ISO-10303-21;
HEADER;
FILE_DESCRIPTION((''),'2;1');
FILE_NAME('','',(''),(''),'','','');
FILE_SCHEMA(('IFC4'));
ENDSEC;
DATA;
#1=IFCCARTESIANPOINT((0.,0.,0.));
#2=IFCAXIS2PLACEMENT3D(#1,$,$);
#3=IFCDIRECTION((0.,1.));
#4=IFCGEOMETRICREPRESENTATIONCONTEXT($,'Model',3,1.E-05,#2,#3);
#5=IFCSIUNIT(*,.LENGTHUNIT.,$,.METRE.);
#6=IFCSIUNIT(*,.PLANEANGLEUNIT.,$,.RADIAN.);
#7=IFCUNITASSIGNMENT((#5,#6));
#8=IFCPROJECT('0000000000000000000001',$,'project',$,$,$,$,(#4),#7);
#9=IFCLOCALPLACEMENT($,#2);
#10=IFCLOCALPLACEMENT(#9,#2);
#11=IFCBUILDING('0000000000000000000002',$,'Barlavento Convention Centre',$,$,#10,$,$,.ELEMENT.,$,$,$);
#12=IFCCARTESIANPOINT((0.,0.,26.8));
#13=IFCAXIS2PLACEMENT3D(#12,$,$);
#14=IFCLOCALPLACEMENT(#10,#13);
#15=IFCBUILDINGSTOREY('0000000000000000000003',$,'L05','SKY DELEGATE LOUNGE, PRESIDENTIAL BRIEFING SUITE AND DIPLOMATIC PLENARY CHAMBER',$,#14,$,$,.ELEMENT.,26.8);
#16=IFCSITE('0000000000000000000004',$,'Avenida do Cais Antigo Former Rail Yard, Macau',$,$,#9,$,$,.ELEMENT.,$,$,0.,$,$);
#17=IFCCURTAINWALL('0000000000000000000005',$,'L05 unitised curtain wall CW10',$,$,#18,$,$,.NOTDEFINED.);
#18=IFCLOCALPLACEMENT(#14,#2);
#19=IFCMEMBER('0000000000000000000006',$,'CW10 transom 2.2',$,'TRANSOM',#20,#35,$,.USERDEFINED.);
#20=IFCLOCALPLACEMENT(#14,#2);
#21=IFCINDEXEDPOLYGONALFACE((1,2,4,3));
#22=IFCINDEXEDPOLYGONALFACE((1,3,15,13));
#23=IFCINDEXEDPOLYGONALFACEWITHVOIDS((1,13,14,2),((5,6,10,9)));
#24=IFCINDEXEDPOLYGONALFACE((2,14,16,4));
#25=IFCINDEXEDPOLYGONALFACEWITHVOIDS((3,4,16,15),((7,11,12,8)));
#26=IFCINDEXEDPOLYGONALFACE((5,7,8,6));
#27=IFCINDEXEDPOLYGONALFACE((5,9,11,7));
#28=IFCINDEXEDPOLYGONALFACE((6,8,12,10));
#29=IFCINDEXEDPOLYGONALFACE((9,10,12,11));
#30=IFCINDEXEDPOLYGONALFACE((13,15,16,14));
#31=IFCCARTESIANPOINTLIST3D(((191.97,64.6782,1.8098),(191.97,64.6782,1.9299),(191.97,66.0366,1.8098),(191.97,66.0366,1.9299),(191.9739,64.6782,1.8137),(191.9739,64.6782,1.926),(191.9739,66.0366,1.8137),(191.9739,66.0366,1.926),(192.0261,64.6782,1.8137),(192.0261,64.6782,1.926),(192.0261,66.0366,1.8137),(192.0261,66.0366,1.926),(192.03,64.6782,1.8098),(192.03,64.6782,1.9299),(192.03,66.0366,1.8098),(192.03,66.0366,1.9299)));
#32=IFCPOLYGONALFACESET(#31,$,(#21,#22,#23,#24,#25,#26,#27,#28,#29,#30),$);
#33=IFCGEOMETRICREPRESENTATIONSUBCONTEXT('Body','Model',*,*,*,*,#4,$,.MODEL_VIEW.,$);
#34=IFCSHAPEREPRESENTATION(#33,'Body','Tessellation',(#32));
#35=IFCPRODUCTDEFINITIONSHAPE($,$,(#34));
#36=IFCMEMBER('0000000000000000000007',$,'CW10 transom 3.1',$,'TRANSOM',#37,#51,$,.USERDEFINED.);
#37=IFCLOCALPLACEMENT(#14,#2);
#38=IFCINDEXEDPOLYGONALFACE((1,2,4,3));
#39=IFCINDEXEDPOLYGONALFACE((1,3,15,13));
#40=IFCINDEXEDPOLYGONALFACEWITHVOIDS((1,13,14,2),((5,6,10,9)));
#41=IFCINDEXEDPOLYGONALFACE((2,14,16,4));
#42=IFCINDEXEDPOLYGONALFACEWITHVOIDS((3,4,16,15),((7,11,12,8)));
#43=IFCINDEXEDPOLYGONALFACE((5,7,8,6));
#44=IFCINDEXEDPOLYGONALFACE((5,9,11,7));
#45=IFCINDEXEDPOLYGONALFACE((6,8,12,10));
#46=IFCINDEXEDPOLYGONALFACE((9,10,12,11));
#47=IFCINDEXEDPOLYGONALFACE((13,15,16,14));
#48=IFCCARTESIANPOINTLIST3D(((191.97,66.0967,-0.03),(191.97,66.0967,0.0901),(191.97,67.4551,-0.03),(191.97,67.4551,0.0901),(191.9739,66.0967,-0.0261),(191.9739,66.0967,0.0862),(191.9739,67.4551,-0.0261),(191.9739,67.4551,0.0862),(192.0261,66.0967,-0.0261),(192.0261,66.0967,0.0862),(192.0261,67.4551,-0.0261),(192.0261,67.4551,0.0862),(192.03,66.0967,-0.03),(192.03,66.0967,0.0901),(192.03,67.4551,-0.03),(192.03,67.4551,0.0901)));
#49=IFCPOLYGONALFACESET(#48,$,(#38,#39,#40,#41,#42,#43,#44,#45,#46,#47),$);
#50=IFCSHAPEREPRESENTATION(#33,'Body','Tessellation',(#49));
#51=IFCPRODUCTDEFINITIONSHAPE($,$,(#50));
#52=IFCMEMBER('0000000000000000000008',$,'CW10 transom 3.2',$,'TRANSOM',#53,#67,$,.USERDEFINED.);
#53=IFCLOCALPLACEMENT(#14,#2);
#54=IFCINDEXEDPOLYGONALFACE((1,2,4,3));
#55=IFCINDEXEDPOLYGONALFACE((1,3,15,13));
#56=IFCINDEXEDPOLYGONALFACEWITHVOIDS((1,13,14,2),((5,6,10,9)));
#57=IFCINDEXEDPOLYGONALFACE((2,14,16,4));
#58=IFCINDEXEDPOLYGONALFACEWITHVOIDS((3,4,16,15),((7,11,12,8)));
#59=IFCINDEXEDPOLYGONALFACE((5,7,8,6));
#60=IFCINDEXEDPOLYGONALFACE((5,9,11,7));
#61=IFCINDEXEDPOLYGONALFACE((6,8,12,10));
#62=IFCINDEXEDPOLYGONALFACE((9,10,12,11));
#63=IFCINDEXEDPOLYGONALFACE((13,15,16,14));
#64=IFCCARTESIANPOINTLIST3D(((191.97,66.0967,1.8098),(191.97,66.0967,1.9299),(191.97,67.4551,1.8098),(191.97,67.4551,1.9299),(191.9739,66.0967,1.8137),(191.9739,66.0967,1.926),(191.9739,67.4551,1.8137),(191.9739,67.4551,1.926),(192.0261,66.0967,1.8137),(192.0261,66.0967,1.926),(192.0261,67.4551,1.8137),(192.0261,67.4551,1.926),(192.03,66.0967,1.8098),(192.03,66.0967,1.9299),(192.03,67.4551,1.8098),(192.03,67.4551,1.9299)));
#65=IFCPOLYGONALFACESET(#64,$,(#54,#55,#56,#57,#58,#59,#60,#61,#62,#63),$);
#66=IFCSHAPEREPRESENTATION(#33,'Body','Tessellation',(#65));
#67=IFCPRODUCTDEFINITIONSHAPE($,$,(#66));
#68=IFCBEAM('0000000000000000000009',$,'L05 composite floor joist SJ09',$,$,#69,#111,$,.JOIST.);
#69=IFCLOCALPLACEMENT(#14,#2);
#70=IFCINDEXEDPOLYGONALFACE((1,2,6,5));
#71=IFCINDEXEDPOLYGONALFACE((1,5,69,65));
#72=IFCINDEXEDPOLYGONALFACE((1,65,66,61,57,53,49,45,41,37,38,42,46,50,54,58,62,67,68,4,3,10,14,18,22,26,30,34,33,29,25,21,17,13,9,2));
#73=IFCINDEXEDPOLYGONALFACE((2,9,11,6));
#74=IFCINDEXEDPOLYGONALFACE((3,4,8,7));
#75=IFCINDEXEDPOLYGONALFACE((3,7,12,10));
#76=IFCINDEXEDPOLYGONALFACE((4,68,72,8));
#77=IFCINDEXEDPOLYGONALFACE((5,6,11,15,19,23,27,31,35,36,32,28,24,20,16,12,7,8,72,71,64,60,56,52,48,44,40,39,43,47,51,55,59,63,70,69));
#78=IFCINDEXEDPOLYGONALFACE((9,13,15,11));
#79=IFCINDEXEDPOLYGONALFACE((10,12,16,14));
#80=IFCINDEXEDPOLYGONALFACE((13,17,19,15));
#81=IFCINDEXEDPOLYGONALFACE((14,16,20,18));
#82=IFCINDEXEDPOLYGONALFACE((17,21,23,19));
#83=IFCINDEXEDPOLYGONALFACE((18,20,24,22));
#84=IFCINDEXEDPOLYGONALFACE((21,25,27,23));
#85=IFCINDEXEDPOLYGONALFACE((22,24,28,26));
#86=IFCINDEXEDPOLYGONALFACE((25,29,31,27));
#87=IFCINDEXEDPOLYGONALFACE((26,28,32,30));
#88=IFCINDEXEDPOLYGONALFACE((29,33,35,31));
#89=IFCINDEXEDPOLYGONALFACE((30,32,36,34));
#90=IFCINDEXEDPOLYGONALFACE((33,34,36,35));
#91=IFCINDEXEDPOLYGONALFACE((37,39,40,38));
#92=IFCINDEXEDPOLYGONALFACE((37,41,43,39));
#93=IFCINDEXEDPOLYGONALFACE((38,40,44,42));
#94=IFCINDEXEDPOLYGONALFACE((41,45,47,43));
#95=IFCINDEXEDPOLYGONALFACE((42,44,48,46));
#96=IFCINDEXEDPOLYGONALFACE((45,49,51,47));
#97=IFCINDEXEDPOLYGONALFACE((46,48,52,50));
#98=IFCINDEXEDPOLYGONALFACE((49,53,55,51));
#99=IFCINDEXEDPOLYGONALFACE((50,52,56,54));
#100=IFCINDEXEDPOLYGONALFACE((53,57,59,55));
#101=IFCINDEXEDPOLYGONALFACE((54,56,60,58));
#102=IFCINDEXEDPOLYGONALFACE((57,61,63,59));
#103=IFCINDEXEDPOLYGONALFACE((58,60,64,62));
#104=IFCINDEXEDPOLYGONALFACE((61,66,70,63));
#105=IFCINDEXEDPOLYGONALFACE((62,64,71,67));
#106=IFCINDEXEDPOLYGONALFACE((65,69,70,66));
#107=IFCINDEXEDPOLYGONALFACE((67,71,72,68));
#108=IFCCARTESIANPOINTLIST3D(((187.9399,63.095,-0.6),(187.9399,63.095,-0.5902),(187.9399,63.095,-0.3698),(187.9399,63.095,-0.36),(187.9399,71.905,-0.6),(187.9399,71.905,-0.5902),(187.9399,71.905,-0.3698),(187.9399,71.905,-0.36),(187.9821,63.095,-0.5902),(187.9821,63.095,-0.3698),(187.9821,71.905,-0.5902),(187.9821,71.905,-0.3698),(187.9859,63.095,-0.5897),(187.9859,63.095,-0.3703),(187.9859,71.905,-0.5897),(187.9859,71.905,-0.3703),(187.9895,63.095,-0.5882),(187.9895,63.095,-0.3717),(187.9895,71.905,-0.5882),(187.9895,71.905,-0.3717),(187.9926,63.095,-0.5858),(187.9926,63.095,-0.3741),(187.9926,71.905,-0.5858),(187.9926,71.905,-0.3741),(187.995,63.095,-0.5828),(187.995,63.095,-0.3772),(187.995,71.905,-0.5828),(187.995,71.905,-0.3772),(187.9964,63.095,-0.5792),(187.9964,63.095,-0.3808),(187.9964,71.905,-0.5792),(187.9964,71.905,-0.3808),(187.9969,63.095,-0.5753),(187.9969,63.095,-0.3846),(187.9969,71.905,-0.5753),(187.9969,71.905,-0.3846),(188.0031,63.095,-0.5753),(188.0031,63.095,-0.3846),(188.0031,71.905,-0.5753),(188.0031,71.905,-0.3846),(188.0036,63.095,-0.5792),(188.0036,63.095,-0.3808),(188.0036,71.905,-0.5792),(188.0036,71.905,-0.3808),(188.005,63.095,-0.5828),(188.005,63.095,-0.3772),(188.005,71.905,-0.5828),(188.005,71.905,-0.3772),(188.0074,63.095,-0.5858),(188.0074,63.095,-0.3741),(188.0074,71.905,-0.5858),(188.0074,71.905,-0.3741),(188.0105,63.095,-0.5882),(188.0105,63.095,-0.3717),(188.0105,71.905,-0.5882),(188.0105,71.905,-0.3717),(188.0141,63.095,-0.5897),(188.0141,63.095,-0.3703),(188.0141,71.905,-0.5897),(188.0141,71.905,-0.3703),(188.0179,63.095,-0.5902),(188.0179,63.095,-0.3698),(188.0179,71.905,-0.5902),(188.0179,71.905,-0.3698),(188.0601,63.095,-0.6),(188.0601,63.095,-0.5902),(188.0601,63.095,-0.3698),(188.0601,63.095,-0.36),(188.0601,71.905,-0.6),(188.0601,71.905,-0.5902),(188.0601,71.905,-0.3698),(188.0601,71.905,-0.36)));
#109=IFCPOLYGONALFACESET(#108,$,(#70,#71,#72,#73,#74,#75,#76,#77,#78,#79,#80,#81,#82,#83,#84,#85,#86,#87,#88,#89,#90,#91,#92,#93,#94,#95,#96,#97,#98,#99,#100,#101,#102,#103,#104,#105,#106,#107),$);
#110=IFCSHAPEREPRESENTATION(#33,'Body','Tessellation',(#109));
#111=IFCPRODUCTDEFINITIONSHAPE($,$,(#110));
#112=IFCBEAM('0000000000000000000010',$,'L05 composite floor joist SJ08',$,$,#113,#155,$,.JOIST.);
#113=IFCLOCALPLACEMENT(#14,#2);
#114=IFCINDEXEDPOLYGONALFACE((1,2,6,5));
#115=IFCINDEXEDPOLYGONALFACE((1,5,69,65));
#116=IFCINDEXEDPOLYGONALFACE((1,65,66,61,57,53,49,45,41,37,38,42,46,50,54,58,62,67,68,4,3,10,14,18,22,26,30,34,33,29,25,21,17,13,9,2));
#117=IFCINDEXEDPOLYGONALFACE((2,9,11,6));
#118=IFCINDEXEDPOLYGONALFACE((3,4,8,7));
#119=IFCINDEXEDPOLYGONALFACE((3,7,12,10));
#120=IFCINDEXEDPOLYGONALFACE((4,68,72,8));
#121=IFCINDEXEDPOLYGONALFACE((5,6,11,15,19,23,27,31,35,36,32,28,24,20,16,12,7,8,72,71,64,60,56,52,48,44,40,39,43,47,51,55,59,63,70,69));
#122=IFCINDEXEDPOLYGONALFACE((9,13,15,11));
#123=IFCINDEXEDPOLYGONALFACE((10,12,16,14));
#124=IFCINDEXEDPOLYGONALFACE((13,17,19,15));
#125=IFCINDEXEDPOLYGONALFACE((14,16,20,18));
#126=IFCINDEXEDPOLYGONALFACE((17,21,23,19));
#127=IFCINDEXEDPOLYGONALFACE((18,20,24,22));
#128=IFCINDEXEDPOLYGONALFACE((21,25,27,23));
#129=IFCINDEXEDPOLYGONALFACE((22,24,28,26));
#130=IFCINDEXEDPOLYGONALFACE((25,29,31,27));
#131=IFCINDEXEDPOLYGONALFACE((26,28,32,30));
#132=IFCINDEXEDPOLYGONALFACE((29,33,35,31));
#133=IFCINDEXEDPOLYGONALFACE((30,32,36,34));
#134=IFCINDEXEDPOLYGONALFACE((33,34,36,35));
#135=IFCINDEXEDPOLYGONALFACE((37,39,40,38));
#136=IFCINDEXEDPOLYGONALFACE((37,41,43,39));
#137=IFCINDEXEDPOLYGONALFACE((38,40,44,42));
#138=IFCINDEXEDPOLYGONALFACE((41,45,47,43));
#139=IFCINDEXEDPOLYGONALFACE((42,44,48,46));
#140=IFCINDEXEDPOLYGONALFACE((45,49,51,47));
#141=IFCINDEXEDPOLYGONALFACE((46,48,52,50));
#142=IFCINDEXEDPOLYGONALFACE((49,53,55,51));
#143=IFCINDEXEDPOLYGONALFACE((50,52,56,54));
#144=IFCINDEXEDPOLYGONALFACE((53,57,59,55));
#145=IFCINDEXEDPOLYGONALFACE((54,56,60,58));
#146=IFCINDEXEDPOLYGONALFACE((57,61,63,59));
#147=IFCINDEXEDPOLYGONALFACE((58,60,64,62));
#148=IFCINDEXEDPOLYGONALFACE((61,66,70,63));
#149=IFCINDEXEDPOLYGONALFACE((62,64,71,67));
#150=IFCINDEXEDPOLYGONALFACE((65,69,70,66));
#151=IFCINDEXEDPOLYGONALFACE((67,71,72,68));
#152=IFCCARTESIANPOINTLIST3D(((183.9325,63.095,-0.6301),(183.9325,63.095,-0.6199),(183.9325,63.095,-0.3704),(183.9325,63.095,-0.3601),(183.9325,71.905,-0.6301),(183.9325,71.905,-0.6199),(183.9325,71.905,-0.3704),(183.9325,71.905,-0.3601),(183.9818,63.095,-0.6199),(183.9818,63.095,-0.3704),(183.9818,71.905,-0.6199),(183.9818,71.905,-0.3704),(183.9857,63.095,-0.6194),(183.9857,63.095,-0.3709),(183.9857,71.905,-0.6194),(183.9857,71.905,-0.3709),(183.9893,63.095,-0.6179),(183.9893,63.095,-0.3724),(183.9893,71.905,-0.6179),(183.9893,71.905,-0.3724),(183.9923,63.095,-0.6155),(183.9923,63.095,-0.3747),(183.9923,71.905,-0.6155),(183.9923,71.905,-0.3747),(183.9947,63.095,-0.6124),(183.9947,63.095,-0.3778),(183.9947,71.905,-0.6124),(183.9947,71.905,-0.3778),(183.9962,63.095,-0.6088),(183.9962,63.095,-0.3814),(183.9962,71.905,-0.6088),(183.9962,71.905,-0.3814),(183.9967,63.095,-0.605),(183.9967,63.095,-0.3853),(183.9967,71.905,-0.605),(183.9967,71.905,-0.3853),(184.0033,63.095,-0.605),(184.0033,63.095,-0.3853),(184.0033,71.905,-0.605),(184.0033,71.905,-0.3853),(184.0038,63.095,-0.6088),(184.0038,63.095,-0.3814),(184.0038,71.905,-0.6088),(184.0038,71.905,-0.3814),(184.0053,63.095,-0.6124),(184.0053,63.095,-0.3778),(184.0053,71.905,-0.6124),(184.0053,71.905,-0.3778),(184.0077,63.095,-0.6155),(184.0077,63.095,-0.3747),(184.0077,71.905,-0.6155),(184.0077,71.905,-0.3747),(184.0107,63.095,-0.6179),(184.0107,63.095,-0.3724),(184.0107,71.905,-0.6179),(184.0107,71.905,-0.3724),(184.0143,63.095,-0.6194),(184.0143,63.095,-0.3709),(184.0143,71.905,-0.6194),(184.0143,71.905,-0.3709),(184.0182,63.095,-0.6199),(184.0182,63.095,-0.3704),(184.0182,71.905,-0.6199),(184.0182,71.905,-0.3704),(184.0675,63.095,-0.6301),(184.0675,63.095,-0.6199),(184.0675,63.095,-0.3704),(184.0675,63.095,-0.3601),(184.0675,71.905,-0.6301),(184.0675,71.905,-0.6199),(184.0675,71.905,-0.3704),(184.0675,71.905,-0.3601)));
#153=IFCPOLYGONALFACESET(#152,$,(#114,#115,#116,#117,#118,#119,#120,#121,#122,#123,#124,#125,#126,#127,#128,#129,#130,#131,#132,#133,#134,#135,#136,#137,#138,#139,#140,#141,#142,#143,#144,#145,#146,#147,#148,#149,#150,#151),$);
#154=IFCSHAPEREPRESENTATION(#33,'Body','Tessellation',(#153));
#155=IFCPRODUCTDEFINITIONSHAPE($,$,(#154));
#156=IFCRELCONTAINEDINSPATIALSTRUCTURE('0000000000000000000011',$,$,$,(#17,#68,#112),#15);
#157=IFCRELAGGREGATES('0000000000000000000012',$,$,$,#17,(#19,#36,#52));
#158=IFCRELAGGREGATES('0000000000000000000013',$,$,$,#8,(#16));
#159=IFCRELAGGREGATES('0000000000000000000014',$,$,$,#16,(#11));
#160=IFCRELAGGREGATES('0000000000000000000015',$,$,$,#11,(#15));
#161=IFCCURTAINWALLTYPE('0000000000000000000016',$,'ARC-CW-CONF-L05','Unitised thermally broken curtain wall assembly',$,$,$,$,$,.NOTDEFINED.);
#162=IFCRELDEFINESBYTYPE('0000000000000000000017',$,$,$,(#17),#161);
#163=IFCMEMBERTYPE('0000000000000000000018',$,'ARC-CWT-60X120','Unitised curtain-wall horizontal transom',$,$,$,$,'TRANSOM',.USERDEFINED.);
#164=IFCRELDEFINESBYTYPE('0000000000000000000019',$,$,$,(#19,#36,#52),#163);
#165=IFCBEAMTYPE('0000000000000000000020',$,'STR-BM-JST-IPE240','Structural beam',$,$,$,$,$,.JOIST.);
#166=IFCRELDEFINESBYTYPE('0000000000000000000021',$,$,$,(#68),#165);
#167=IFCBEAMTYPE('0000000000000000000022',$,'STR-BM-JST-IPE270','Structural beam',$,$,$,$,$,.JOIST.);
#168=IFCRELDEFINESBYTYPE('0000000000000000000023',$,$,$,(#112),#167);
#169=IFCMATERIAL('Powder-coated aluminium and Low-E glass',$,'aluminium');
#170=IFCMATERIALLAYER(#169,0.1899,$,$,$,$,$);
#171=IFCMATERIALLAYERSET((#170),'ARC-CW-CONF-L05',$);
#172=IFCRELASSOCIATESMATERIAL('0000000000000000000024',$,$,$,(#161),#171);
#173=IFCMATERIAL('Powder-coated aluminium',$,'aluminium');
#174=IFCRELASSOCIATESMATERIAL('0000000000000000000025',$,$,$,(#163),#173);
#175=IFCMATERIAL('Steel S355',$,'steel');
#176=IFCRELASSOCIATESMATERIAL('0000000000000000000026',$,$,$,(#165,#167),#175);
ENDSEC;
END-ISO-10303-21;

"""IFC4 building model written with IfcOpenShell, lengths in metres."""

from ifc_helpers import new_model, si_unit, direction, frame, origin, origin_2d, place, context, subcontext, project, spatial, hollow_rectangle, i_section, extrude, material, layer, layer_set, material_profile, profile_set, type_object, element, aggregate, save


model = new_model("IFC4")

# Units and contexts
model_context = context("Model", 3, precision=1e-05, world=origin(), true_north=direction((0.0, 1.0)))
body_context = subcontext(model_context, "Body", "Model", "MODEL_VIEW")
ifc_project = project(units=[si_unit("LENGTHUNIT", "METRE"), si_unit("PLANEANGLEUNIT", "RADIAN")], contexts=[model_context])

# Site, building, storey
site_placement = place(None, origin())
site = spatial("IfcSite", under=ifc_project, at=site_placement, Name="Avenida do Cais Antigo Former Rail Yard, Macau", CompositionType="ELEMENT", RefElevation=0.0)
building_placement = place(site_placement, origin())
building = spatial("IfcBuilding", under=site, at=building_placement, Name="Barlavento Convention Centre", CompositionType="ELEMENT")
storey_placement = place(building_placement, frame((0.0, 0.0, 26.8)))
storey = spatial("IfcBuildingStorey", under=building, at=storey_placement, Name="L05", Description="SKY DELEGATE LOUNGE, PRESIDENTIAL BRIEFING SUITE AND DIPLOMATIC PLENARY CHAMBER", CompositionType="ELEMENT", Elevation=26.8)

# Shared definitions
ifc_material_1 = material(Name="Steel S355", Category="steel")

# Shared definitions
ifc_material_2 = material(Name="Powder-coated aluminium and Low-E glass", Category="aluminium")
ifc_layer_1 = layer(ifc_material_2, 0.1899)
ifc_layer_set_1 = layer_set([ifc_layer_1], Name="ARC-CW-CONF-L05")
curtain_wall_type = type_object("IfcCurtainWallType", Name="ARC-CW-CONF-L05", Description="Unitised thermally broken curtain wall assembly", PredefinedType="NOTDEFINED", material=ifc_layer_set_1)
ifc_material_3 = material(Name="Powder-coated aluminium", Category="aluminium")

# Curtain wall, members
curtain_wall_1_placement = place(storey_placement, origin())
curtain_wall_1 = element("IfcCurtainWall", 1, at=curtain_wall_1_placement, inside=storey, type_object=curtain_wall_type, Name="L05 unitised curtain wall CW10", PredefinedType="NOTDEFINED")
ifc_material_profile_1 = material_profile(ifc_material_3, hollow_rectangle(XDim=0.0601, YDim=0.1201, WallThickness=0.0039, at=origin_2d()), Name="AL-TRAN 60x120x4")
ifc_profile_set_1 = profile_set([ifc_material_profile_1], Name="Powder-coated aluminium")
member_type_1 = type_object("IfcMemberType", Name="ARC-CWT-60X120", Description="Unitised curtain-wall horizontal transom", ElementType="TRANSOM", PredefinedType="USERDEFINED", material=ifc_profile_set_1)
member_1_placement = place(storey_placement, frame((192.0, 64.6782, 1.8699), z_axis=(0.0, 1.0, 0.0), x_axis=(-1.0, 0.0, 0.0)))
member_1 = element("IfcMember", 2, at=member_1_placement, type_object=member_type_1, Name="CW10 transom 2.2", ObjectType="TRANSOM", PredefinedType="USERDEFINED", context=body_context, shape_type="SweptSolid", body=[
    extrude(hollow_rectangle(XDim=0.0601, YDim=0.1201, WallThickness=0.0039, at=origin_2d()), origin(), (0.0, 0.0, 1.0), 1.3584),
])
member_2_placement = place(storey_placement, frame((192.0, 66.0967, 0.03), z_axis=(0.0, 1.0, 0.0), x_axis=(-1.0, 0.0, 0.0)))
member_2 = element("IfcMember", 3, at=member_2_placement, type_object=member_type_1, Name="CW10 transom 3.1", ObjectType="TRANSOM", PredefinedType="USERDEFINED", context=body_context, shape_type="SweptSolid", body=[
    extrude(hollow_rectangle(XDim=0.0601, YDim=0.1201, WallThickness=0.0039, at=origin_2d()), origin(), (0.0, 0.0, 1.0), 1.3584),
])
member_3_placement = place(storey_placement, frame((192.0, 66.0967, 1.8699), z_axis=(0.0, 1.0, 0.0), x_axis=(-1.0, 0.0, 0.0)))
member_3 = element("IfcMember", 4, at=member_3_placement, type_object=member_type_1, Name="CW10 transom 3.2", ObjectType="TRANSOM", PredefinedType="USERDEFINED", context=body_context, shape_type="SweptSolid", body=[
    extrude(hollow_rectangle(XDim=0.0601, YDim=0.1201, WallThickness=0.0039, at=origin_2d()), origin(), (0.0, 0.0, 1.0), 1.3584),
])

# Beams
ifc_material_profile_2 = material_profile(ifc_material_1, i_section(OverallWidth=0.1201, OverallDepth=0.24, WebThickness=0.0061, FlangeThickness=0.0098, FilletRadius=0.0149, at=origin_2d()), Name="IPE 240")
ifc_profile_set_2 = profile_set([ifc_material_profile_2], Name="Steel S355")
beam_type_1 = type_object("IfcBeamType", Name="STR-BM-JST-IPE240", Description="Structural beam", PredefinedType="JOIST", material=ifc_profile_set_2)
beam_1_placement = place(storey_placement, frame((188.0, 63.095, -0.48), z_axis=(0.0, 1.0, 0.0), x_axis=(-1.0, 0.0, 0.0)))
element("IfcBeam", 5, at=beam_1_placement, inside=storey, type_object=beam_type_1, Name="L05 composite floor joist SJ09", PredefinedType="JOIST", context=body_context, shape_type="SweptSolid", body=[
    extrude(i_section(OverallWidth=0.1201, OverallDepth=0.24, WebThickness=0.0061, FlangeThickness=0.0098, FilletRadius=0.0149, at=origin_2d()), origin(), (0.0, 0.0, 1.0), 8.8101),
])
ifc_material_profile_3 = material_profile(ifc_material_1, i_section(OverallWidth=0.135, OverallDepth=0.27, WebThickness=0.0066, FlangeThickness=0.0103, FilletRadius=0.0149, at=origin_2d()), Name="IPE 270")
ifc_profile_set_3 = profile_set([ifc_material_profile_3], Name="Steel S355")
beam_type_2 = type_object("IfcBeamType", Name="STR-BM-JST-IPE270", Description="Structural beam", PredefinedType="JOIST", material=ifc_profile_set_3)
beam_2_placement = place(storey_placement, frame((184.0, 63.095, -0.4951), z_axis=(0.0, 1.0, 0.0), x_axis=(-1.0, 0.0, 0.0)))
element("IfcBeam", 6, at=beam_2_placement, inside=storey, type_object=beam_type_2, Name="L05 composite floor joist SJ08", PredefinedType="JOIST", context=body_context, shape_type="SweptSolid", body=[
    extrude(i_section(OverallWidth=0.135, OverallDepth=0.27, WebThickness=0.0066, FlangeThickness=0.0103, FilletRadius=0.0149, at=origin_2d()), origin(), (0.0, 0.0, 1.0), 8.8101),
])

aggregate(curtain_wall_1, [member_1, member_2, member_3])

save(model, "model.ifc")
